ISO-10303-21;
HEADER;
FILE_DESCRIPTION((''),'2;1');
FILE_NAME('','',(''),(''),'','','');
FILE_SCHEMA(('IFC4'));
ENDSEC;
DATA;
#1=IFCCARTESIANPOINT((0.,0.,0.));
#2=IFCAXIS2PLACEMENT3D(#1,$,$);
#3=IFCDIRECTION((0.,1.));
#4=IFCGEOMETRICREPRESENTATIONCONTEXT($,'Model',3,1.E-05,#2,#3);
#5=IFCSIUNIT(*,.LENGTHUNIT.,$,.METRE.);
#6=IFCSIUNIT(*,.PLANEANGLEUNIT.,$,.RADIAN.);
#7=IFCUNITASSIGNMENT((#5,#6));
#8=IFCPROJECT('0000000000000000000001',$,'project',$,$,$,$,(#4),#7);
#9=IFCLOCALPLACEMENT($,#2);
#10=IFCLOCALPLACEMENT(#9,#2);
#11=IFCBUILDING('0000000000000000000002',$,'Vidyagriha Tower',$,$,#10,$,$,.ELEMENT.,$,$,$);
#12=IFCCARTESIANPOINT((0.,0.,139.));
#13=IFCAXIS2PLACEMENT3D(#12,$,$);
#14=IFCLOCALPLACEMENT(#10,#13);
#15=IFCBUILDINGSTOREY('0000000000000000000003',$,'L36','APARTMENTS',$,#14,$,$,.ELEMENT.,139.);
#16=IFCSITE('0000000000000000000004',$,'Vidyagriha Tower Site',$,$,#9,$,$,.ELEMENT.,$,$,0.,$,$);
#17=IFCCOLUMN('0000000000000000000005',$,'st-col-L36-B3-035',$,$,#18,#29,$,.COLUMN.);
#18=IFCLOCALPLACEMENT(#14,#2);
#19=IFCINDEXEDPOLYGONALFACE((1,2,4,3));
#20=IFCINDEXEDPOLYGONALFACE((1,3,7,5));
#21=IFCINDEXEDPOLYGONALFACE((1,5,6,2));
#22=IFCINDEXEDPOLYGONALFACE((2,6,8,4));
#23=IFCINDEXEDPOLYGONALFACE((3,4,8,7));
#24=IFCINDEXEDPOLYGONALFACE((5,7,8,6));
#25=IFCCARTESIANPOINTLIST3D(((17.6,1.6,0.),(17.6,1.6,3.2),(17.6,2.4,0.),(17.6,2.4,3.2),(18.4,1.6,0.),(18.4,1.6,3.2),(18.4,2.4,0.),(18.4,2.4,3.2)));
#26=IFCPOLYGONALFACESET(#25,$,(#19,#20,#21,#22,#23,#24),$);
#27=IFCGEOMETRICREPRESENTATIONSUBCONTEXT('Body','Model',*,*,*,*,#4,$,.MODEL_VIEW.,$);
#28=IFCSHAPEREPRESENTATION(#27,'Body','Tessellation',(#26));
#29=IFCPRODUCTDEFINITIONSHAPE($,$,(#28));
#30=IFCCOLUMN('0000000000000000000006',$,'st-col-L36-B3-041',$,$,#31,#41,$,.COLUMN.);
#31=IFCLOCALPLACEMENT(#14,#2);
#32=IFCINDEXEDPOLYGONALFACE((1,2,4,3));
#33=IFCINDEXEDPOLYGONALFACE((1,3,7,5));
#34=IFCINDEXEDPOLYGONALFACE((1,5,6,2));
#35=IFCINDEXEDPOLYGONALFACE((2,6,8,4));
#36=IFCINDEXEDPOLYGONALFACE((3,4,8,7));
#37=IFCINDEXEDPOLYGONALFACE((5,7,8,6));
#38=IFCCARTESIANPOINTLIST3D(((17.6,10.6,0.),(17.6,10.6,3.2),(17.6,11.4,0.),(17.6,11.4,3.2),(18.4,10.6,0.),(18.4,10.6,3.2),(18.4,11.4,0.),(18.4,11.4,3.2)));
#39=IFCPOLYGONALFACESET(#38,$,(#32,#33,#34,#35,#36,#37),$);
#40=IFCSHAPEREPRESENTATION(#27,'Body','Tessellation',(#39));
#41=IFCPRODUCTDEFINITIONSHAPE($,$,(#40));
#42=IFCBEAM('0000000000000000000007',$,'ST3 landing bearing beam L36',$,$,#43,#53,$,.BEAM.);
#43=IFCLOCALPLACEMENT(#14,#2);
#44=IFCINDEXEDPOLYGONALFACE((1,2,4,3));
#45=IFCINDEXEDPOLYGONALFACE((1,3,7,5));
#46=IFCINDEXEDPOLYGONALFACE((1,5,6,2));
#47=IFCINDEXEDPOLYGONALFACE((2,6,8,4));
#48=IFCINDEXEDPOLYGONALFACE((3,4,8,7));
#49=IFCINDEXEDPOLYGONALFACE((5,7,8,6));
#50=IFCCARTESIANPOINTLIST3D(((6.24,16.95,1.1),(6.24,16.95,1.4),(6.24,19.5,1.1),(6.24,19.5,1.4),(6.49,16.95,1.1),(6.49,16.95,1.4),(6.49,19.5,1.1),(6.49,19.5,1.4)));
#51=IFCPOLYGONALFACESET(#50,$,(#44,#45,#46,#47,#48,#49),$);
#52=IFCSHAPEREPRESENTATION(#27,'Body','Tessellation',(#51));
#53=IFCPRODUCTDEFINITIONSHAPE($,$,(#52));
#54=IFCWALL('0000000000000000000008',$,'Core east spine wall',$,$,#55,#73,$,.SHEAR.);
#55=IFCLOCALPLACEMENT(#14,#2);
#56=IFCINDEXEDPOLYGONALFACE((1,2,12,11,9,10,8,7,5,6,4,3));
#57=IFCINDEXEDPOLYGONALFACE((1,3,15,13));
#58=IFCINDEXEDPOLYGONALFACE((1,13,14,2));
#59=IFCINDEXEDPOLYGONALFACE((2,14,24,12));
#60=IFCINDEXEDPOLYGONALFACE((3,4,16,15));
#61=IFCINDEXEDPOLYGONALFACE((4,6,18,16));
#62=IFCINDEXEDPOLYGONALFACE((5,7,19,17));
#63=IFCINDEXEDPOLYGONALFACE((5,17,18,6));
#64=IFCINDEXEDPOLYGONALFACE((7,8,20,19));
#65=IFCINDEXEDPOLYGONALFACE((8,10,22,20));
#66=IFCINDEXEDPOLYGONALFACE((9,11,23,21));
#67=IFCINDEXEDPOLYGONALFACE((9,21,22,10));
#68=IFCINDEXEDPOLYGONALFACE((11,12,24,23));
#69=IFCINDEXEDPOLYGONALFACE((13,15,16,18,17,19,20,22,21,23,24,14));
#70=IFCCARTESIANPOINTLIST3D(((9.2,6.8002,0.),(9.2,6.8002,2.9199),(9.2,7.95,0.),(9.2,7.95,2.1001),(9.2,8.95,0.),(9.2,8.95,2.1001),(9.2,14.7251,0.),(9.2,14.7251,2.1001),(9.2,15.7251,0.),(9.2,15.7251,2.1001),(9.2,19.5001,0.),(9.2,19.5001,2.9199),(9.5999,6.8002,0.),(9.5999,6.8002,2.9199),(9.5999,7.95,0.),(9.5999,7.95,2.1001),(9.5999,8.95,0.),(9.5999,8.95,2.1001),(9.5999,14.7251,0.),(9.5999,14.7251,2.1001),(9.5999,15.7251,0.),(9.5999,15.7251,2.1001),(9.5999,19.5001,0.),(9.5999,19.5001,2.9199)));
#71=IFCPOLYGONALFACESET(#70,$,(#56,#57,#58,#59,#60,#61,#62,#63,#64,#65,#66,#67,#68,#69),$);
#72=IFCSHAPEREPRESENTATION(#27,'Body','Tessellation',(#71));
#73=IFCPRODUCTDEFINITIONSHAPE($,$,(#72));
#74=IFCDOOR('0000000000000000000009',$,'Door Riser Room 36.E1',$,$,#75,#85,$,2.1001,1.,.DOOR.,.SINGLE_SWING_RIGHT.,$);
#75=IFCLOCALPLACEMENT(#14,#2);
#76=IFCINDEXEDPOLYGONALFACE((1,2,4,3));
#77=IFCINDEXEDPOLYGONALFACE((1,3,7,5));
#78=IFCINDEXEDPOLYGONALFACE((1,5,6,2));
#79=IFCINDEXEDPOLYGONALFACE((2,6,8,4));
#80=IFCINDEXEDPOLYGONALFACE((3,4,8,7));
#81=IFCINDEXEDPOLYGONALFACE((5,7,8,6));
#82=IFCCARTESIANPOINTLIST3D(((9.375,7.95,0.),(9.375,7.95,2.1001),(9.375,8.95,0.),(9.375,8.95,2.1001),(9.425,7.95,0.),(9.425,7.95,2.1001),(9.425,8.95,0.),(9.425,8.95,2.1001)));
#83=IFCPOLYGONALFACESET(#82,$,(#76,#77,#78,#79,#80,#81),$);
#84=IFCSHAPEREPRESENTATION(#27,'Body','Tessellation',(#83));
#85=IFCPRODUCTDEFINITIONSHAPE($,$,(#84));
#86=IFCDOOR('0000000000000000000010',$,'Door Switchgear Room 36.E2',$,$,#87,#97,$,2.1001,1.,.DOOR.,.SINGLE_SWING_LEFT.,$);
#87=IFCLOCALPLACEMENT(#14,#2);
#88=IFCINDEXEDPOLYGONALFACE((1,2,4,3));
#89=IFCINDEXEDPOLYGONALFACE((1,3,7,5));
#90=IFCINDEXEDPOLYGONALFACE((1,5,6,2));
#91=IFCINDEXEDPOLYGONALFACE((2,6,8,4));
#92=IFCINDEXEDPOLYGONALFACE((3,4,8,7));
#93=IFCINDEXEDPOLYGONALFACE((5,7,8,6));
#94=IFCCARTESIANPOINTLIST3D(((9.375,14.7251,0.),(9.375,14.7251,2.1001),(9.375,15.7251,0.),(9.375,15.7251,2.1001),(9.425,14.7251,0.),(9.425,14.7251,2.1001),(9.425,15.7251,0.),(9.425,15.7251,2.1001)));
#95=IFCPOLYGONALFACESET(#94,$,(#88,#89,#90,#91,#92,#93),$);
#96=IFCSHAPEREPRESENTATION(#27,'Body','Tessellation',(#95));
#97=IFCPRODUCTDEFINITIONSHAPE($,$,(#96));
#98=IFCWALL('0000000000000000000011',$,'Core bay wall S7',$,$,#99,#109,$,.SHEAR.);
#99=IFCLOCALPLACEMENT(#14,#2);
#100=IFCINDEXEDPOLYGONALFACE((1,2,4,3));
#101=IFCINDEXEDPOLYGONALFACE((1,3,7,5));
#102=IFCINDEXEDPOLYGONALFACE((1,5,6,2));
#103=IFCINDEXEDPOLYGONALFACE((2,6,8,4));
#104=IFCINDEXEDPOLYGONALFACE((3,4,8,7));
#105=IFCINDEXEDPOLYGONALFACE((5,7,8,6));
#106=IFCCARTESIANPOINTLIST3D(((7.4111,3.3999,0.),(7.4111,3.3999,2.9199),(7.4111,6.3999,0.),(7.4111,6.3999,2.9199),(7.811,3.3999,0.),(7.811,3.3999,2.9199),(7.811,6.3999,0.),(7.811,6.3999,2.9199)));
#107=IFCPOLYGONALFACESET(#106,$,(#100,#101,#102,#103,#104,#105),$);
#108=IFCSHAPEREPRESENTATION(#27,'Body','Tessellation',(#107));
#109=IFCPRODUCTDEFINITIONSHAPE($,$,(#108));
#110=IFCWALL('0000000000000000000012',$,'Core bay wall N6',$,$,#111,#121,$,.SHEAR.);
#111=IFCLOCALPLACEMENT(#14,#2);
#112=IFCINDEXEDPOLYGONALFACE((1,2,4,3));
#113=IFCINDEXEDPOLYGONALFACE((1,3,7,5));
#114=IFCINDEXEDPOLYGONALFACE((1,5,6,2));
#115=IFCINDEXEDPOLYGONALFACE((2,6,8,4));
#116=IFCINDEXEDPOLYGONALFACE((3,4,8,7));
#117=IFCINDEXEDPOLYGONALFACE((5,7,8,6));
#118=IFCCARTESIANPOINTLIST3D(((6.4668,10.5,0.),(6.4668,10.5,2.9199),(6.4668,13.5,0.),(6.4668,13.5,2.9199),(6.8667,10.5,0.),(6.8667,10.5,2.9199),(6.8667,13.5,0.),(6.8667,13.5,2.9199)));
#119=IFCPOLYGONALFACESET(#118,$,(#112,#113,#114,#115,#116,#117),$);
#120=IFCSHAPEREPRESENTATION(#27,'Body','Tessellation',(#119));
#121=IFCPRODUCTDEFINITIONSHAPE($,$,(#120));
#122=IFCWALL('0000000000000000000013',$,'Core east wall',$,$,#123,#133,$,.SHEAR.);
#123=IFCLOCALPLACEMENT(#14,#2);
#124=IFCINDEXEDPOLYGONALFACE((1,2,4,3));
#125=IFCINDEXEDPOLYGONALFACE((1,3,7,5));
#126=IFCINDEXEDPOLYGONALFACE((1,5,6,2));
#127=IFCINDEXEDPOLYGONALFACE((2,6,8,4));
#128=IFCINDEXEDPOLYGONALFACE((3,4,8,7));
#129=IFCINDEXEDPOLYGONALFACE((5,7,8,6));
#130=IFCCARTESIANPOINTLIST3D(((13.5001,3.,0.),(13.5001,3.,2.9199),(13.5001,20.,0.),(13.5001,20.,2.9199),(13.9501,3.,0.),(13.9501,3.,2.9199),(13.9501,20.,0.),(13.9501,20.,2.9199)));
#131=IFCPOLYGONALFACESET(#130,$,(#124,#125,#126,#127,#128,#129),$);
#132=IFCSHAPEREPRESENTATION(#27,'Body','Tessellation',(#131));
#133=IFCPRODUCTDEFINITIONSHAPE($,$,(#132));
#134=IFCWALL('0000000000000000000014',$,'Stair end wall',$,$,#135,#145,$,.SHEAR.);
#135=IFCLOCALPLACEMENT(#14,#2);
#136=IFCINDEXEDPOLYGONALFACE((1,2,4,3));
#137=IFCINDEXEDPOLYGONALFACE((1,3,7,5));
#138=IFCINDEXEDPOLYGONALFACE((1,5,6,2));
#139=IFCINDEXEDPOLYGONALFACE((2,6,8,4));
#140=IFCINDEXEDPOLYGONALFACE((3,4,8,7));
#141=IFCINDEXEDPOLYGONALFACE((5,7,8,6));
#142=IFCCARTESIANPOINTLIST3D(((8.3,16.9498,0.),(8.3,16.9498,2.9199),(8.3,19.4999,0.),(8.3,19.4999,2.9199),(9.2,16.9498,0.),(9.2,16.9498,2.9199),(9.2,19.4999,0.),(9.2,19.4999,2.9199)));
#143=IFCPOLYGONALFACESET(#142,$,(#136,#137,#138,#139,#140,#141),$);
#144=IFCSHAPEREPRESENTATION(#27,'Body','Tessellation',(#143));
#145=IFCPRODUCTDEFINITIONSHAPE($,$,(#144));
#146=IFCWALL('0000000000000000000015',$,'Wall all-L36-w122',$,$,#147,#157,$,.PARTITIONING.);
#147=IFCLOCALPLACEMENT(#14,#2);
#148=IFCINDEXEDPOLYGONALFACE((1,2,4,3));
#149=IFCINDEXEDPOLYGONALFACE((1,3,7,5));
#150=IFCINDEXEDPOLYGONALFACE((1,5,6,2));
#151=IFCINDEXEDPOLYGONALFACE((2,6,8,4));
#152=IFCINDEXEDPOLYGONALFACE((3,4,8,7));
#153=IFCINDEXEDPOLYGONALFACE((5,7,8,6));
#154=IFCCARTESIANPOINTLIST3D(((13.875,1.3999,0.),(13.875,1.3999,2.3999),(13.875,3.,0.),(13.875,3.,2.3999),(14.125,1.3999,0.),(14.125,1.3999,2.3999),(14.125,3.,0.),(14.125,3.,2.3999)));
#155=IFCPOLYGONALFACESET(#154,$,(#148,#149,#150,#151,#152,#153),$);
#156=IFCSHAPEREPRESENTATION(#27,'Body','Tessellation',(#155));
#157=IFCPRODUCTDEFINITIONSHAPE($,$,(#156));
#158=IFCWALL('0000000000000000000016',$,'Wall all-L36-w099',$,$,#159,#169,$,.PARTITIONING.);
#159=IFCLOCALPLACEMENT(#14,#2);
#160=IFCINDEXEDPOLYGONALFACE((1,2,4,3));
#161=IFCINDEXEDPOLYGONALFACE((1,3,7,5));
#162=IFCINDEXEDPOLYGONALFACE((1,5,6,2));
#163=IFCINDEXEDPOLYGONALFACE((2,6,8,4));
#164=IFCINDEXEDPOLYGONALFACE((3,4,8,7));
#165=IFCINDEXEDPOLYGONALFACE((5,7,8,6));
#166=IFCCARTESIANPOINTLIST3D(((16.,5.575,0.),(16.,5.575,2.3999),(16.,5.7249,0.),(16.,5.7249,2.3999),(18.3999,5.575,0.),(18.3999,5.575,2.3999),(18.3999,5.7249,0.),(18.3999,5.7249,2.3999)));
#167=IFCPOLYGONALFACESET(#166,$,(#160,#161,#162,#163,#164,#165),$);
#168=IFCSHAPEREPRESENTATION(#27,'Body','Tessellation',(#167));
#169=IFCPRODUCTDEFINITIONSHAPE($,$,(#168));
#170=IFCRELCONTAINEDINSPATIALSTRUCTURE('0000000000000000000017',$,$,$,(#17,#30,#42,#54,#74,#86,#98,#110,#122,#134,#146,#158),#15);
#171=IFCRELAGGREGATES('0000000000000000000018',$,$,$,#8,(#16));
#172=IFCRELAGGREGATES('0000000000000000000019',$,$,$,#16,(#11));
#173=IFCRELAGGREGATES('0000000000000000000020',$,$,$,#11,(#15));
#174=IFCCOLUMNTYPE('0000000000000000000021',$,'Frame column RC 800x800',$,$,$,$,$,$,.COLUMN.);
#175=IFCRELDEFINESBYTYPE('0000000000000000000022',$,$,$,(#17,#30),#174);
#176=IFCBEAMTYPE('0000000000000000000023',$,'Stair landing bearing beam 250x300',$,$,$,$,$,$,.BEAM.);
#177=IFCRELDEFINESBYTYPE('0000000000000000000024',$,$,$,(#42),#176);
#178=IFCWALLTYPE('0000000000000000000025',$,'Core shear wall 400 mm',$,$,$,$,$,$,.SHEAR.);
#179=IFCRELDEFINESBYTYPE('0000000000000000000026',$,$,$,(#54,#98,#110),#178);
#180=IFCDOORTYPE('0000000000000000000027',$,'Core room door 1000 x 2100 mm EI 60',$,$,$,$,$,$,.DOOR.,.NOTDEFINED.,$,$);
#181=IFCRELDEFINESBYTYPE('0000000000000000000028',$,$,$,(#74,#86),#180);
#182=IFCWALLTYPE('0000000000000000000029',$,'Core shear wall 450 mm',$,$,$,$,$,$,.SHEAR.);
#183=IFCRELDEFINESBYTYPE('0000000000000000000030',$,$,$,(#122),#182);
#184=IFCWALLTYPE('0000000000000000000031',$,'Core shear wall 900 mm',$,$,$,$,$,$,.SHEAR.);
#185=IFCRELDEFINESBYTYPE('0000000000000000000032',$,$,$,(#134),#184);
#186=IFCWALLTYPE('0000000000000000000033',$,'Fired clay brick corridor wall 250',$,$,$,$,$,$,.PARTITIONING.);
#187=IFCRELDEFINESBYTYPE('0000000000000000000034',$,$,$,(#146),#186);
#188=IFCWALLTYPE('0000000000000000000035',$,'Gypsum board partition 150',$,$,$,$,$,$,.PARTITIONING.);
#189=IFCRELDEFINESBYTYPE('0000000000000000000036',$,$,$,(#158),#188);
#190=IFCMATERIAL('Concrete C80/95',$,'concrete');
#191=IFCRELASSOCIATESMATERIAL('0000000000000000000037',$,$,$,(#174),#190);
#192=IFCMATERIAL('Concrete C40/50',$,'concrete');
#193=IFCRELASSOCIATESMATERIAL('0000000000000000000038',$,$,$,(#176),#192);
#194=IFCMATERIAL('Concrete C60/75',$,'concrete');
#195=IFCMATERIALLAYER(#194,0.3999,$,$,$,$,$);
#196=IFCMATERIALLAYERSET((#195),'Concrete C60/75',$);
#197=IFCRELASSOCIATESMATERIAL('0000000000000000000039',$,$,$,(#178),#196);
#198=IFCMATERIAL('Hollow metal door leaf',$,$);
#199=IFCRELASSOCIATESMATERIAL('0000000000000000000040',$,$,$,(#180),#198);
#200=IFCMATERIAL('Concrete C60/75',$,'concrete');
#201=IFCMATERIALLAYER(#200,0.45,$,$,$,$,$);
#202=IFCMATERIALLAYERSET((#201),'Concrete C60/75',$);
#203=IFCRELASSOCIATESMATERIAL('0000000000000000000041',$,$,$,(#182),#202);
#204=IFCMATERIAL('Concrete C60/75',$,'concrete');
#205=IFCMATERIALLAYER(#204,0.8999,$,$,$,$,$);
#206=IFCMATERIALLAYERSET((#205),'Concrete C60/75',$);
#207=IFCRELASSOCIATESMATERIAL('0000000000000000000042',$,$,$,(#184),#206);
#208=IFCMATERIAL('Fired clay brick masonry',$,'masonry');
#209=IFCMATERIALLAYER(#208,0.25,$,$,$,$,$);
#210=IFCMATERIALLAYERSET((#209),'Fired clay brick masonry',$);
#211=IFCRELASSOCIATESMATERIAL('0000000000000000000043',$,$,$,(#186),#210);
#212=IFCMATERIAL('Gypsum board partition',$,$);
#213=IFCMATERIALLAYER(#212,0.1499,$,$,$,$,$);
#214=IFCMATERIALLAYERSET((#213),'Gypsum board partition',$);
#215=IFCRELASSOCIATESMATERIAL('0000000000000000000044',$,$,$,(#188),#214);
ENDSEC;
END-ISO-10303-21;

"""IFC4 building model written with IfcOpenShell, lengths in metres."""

from ifc_helpers import new_model, si_unit, direction, frame, frame_2d, origin, origin_2d, place, context, subcontext, project, spatial, rectangle, extrude, material, layer, layer_set, material_profile, profile_set, type_object, element, fill, save


model = new_model("IFC4")

# Units and contexts
model_context = context("Model", 3, precision=1e-05, world=origin(), true_north=direction((0.0, 1.0)))
body_context = subcontext(model_context, "Body", "Model", "MODEL_VIEW")
ifc_project = project(units=[si_unit("LENGTHUNIT", "METRE"), si_unit("PLANEANGLEUNIT", "RADIAN")], contexts=[model_context])

# Site, building, storey
site_placement = place(None, origin())
site = spatial("IfcSite", under=ifc_project, at=site_placement, Name="Vidyagriha Tower Site", CompositionType="ELEMENT", RefElevation=0.0)
building_placement = place(site_placement, origin())
building = spatial("IfcBuilding", under=site, at=building_placement, Name="Vidyagriha Tower", CompositionType="ELEMENT")
storey_placement = place(building_placement, frame((0.0, 0.0, 139.0)))
storey = spatial("IfcBuildingStorey", under=building, at=storey_placement, Name="L36", Description="APARTMENTS", CompositionType="ELEMENT", Elevation=139.0)

# Columns
ifc_material_1 = material(Name="Concrete C80/95", Category="concrete")
ifc_material_profile_1 = material_profile(ifc_material_1, rectangle(XDim=0.8, YDim=0.8, at=origin_2d()), Name="RC 800x800")
ifc_profile_set_1 = profile_set([ifc_material_profile_1], Name="Concrete C80/95")
column_type = type_object("IfcColumnType", Name="Frame column RC 800x800", PredefinedType="COLUMN", material=ifc_profile_set_1)
for number, where, name in (
    (1, (18.0, 2.0, 0.0), "st-col-L36-B3-035"),
    (2, (18.0, 11.0, 0.0), "st-col-L36-B3-041"),
):
    element("IfcColumn", number, at=place(storey_placement, frame(where)), inside=storey, type_object=column_type, Name=name, PredefinedType="COLUMN", context=body_context, shape_type="SweptSolid", body=[
        extrude(rectangle(XDim=0.8, YDim=0.8, at=origin_2d()), origin(), (0.0, 0.0, 1.0), 3.2),
    ])

# Beam
ifc_material_2 = material(Name="Concrete C40/50", Category="concrete")
ifc_material_profile_2 = material_profile(ifc_material_2, rectangle(XDim=0.25, YDim=0.3, at=origin_2d()), Name="Stair landing bearing beam 250x300")
ifc_profile_set_2 = profile_set([ifc_material_profile_2], Name="Concrete C40/50")
beam_type = type_object("IfcBeamType", Name="Stair landing bearing beam 250x300", PredefinedType="BEAM", material=ifc_profile_set_2)
beam_placement = place(storey_placement, frame((6.365, 16.95, 1.25), z_axis=(0.0, 1.0, 0.0), x_axis=(-1.0, 0.0, 0.0)))
element("IfcBeam", 3, at=beam_placement, inside=storey, type_object=beam_type, Name="ST3 landing bearing beam L36", PredefinedType="BEAM", context=body_context, shape_type="SweptSolid", body=[
    extrude(rectangle(XDim=0.25, YDim=0.3, at=origin_2d()), origin(), (0.0, 0.0, 1.0), 2.55),
])

# Wall, openings, doors
ifc_material_3 = material(Name="Concrete C60/75", Category="concrete")
ifc_layer_1 = layer(ifc_material_3, 0.3999)
ifc_layer_set_1 = layer_set([ifc_layer_1], Name="Concrete C60/75")
wall_type_1 = type_object("IfcWallType", Name="Core shear wall 400 mm", PredefinedType="SHEAR", material=ifc_layer_set_1)
wall_1_placement = place(storey_placement, frame((9.3999, 6.8, 0.0), z_axis=(0.0, 0.0, 1.0), x_axis=(0.0, 1.0, 0.0)))
wall_1 = element("IfcWall", 4, at=wall_1_placement, inside=storey, type_object=wall_type_1, Name="Core east spine wall", PredefinedType="SHEAR", context=body_context, shape_type="SweptSolid", body=[
    extrude(rectangle(XDim=12.7, YDim=0.3999, at=frame_2d((6.3501, 0.0))), origin(), (0.0, 0.0, 1.0), 2.9199),
])
opening_1_placement = place(wall_1_placement, frame((1.1499, 0.0, 0.0)))
opening_1 = element("IfcOpeningElement", 5, at=opening_1_placement, cuts=wall_1, PredefinedType="OPENING", context=body_context, shape_type="SweptSolid", body=[
    extrude(rectangle(XDim=1.0, YDim=2.1001, at=frame_2d((0.5, 1.05))), frame((0.0, 0.21, 0.0), z_axis=(0.0, -1.0, 0.0), x_axis=(1.0, 0.0, 0.0)), (0.0, 0.0, 1.0), 0.4199),
])
opening_2_placement = place(wall_1_placement, frame((7.925, 0.0, 0.0)))
opening_2 = element("IfcOpeningElement", 6, at=opening_2_placement, cuts=wall_1, PredefinedType="OPENING", context=body_context, shape_type="SweptSolid", body=[
    extrude(rectangle(XDim=1.0, YDim=2.1001, at=frame_2d((0.5, 1.05))), frame((0.0, 0.21, 0.0), z_axis=(0.0, -1.0, 0.0), x_axis=(1.0, 0.0, 0.0)), (0.0, 0.0, 1.0), 0.4199),
])
ifc_material_4 = material(Name="Hollow metal door leaf")
door_type_1 = type_object("IfcDoorType", Name="Core room door 1000 x 2100 mm EI 60", OperationType="NOTDEFINED", PredefinedType="DOOR", material=ifc_material_4)
door_1_placement = place(opening_1_placement, origin())
door_1 = element("IfcDoor", 7, at=door_1_placement, inside=storey, type_object=door_type_1, Name="Door Riser Room 36.E1", OperationType="SINGLE_SWING_RIGHT", OverallHeight=2.1001, OverallWidth=1.0, PredefinedType="DOOR", context=body_context, shape_type="SweptSolid", body=[
    extrude(rectangle(XDim=1.0, YDim=2.1001, at=frame_2d((0.5, 1.05))), frame((0.0, 0.0249, 0.0), z_axis=(0.0, -1.0, 0.0), x_axis=(1.0, 0.0, 0.0)), (0.0, 0.0, 1.0), 0.05),
])
fill(opening_1, door_1)
door_2_placement = place(opening_2_placement, origin())
door_2 = element("IfcDoor", 8, at=door_2_placement, inside=storey, type_object=door_type_1, Name="Door Switchgear Room 36.E2", OperationType="SINGLE_SWING_LEFT", OverallHeight=2.1001, OverallWidth=1.0, PredefinedType="DOOR", context=body_context, shape_type="SweptSolid", body=[
    extrude(rectangle(XDim=1.0, YDim=2.1001, at=frame_2d((0.5, 1.05))), frame((0.0, 0.0249, 0.0), z_axis=(0.0, -1.0, 0.0), x_axis=(1.0, 0.0, 0.0)), (0.0, 0.0, 1.0), 0.05),
])
fill(opening_2, door_2)

# Walls
for number, where, z_axis, x_axis, name in (
    (9, (7.6111, 3.3999, 0.0), (0.0, 0.0, 1.0), (0.0, 1.0, 0.0), "Core bay wall S7"),
    (10, (6.6667, 10.5, 0.0), (0.0, 0.0, 1.0), (0.0, 1.0, 0.0), "Core bay wall N6"),
):
    element("IfcWall", number, at=place(storey_placement, frame(where, z_axis=z_axis, x_axis=x_axis)), inside=storey, type_object=wall_type_1, Name=name, PredefinedType="SHEAR", context=body_context, shape_type="SweptSolid", body=[
        extrude(rectangle(XDim=3.0, YDim=0.3999, at=frame_2d((1.5, 0.0))), origin(), (0.0, 0.0, 1.0), 2.9199),
    ])
ifc_material_5 = material(Name="Concrete C60/75", Category="concrete")
ifc_layer_2 = layer(ifc_material_5, 0.45)
ifc_layer_set_2 = layer_set([ifc_layer_2], Name="Concrete C60/75")
wall_type_2 = type_object("IfcWallType", Name="Core shear wall 450 mm", PredefinedType="SHEAR", material=ifc_layer_set_2)
wall_2_placement = place(storey_placement, frame((13.7251, 3.0, 0.0), z_axis=(0.0, 0.0, 1.0), x_axis=(0.0, 1.0, 0.0)))
element("IfcWall", 11, at=wall_2_placement, inside=storey, type_object=wall_type_2, Name="Core east wall", PredefinedType="SHEAR", context=body_context, shape_type="SweptSolid", body=[
    extrude(rectangle(XDim=17.0, YDim=0.45, at=frame_2d((8.5, 0.0))), origin(), (0.0, 0.0, 1.0), 2.9199),
])
ifc_material_6 = material(Name="Concrete C60/75", Category="concrete")
ifc_layer_3 = layer(ifc_material_6, 0.8999)
ifc_layer_set_3 = layer_set([ifc_layer_3], Name="Concrete C60/75")
wall_type_3 = type_object("IfcWallType", Name="Core shear wall 900 mm", PredefinedType="SHEAR", material=ifc_layer_set_3)
wall_3_placement = place(storey_placement, frame((8.75, 16.95, 0.0), z_axis=(0.0, 0.0, 1.0), x_axis=(0.0, 1.0, 0.0)))
element("IfcWall", 12, at=wall_3_placement, inside=storey, type_object=wall_type_3, Name="Stair end wall", PredefinedType="SHEAR", context=body_context, shape_type="SweptSolid", body=[
    extrude(rectangle(XDim=2.55, YDim=0.8999, at=frame_2d((1.2749, 0.0))), origin(), (0.0, 0.0, 1.0), 2.9199),
])
ifc_material_7 = material(Name="Fired clay brick masonry", Category="masonry")
ifc_layer_4 = layer(ifc_material_7, 0.25)
ifc_layer_set_4 = layer_set([ifc_layer_4], Name="Fired clay brick masonry")
wall_type_4 = type_object("IfcWallType", Name="Fired clay brick corridor wall 250", PredefinedType="PARTITIONING", material=ifc_layer_set_4)
wall_4_placement = place(storey_placement, frame((14.0, 1.3999, 0.0), z_axis=(0.0, 0.0, 1.0), x_axis=(0.0, 1.0, 0.0)))
element("IfcWall", 13, at=wall_4_placement, inside=storey, type_object=wall_type_4, Name="Wall all-L36-w122", PredefinedType="PARTITIONING", context=body_context, shape_type="SweptSolid", body=[
    extrude(rectangle(XDim=1.6001, YDim=0.25, at=frame_2d((0.8, 0.0))), origin(), (0.0, 0.0, 1.0), 2.3999),
])
ifc_material_8 = material(Name="Gypsum board partition")
ifc_layer_5 = layer(ifc_material_8, 0.1499)
ifc_layer_set_5 = layer_set([ifc_layer_5], Name="Gypsum board partition")
wall_type_5 = type_object("IfcWallType", Name="Gypsum board partition 150", PredefinedType="PARTITIONING", material=ifc_layer_set_5)
wall_5_placement = place(storey_placement, frame((16.0, 5.6499, 0.0)))
element("IfcWall", 14, at=wall_5_placement, inside=storey, type_object=wall_type_5, Name="Wall all-L36-w099", PredefinedType="PARTITIONING", context=body_context, shape_type="SweptSolid", body=[
    extrude(rectangle(XDim=2.3999, YDim=0.1499, at=frame_2d((1.2, 0.0))), origin(), (0.0, 0.0, 1.0), 2.3999),
])

save(model, "model.ifc")
